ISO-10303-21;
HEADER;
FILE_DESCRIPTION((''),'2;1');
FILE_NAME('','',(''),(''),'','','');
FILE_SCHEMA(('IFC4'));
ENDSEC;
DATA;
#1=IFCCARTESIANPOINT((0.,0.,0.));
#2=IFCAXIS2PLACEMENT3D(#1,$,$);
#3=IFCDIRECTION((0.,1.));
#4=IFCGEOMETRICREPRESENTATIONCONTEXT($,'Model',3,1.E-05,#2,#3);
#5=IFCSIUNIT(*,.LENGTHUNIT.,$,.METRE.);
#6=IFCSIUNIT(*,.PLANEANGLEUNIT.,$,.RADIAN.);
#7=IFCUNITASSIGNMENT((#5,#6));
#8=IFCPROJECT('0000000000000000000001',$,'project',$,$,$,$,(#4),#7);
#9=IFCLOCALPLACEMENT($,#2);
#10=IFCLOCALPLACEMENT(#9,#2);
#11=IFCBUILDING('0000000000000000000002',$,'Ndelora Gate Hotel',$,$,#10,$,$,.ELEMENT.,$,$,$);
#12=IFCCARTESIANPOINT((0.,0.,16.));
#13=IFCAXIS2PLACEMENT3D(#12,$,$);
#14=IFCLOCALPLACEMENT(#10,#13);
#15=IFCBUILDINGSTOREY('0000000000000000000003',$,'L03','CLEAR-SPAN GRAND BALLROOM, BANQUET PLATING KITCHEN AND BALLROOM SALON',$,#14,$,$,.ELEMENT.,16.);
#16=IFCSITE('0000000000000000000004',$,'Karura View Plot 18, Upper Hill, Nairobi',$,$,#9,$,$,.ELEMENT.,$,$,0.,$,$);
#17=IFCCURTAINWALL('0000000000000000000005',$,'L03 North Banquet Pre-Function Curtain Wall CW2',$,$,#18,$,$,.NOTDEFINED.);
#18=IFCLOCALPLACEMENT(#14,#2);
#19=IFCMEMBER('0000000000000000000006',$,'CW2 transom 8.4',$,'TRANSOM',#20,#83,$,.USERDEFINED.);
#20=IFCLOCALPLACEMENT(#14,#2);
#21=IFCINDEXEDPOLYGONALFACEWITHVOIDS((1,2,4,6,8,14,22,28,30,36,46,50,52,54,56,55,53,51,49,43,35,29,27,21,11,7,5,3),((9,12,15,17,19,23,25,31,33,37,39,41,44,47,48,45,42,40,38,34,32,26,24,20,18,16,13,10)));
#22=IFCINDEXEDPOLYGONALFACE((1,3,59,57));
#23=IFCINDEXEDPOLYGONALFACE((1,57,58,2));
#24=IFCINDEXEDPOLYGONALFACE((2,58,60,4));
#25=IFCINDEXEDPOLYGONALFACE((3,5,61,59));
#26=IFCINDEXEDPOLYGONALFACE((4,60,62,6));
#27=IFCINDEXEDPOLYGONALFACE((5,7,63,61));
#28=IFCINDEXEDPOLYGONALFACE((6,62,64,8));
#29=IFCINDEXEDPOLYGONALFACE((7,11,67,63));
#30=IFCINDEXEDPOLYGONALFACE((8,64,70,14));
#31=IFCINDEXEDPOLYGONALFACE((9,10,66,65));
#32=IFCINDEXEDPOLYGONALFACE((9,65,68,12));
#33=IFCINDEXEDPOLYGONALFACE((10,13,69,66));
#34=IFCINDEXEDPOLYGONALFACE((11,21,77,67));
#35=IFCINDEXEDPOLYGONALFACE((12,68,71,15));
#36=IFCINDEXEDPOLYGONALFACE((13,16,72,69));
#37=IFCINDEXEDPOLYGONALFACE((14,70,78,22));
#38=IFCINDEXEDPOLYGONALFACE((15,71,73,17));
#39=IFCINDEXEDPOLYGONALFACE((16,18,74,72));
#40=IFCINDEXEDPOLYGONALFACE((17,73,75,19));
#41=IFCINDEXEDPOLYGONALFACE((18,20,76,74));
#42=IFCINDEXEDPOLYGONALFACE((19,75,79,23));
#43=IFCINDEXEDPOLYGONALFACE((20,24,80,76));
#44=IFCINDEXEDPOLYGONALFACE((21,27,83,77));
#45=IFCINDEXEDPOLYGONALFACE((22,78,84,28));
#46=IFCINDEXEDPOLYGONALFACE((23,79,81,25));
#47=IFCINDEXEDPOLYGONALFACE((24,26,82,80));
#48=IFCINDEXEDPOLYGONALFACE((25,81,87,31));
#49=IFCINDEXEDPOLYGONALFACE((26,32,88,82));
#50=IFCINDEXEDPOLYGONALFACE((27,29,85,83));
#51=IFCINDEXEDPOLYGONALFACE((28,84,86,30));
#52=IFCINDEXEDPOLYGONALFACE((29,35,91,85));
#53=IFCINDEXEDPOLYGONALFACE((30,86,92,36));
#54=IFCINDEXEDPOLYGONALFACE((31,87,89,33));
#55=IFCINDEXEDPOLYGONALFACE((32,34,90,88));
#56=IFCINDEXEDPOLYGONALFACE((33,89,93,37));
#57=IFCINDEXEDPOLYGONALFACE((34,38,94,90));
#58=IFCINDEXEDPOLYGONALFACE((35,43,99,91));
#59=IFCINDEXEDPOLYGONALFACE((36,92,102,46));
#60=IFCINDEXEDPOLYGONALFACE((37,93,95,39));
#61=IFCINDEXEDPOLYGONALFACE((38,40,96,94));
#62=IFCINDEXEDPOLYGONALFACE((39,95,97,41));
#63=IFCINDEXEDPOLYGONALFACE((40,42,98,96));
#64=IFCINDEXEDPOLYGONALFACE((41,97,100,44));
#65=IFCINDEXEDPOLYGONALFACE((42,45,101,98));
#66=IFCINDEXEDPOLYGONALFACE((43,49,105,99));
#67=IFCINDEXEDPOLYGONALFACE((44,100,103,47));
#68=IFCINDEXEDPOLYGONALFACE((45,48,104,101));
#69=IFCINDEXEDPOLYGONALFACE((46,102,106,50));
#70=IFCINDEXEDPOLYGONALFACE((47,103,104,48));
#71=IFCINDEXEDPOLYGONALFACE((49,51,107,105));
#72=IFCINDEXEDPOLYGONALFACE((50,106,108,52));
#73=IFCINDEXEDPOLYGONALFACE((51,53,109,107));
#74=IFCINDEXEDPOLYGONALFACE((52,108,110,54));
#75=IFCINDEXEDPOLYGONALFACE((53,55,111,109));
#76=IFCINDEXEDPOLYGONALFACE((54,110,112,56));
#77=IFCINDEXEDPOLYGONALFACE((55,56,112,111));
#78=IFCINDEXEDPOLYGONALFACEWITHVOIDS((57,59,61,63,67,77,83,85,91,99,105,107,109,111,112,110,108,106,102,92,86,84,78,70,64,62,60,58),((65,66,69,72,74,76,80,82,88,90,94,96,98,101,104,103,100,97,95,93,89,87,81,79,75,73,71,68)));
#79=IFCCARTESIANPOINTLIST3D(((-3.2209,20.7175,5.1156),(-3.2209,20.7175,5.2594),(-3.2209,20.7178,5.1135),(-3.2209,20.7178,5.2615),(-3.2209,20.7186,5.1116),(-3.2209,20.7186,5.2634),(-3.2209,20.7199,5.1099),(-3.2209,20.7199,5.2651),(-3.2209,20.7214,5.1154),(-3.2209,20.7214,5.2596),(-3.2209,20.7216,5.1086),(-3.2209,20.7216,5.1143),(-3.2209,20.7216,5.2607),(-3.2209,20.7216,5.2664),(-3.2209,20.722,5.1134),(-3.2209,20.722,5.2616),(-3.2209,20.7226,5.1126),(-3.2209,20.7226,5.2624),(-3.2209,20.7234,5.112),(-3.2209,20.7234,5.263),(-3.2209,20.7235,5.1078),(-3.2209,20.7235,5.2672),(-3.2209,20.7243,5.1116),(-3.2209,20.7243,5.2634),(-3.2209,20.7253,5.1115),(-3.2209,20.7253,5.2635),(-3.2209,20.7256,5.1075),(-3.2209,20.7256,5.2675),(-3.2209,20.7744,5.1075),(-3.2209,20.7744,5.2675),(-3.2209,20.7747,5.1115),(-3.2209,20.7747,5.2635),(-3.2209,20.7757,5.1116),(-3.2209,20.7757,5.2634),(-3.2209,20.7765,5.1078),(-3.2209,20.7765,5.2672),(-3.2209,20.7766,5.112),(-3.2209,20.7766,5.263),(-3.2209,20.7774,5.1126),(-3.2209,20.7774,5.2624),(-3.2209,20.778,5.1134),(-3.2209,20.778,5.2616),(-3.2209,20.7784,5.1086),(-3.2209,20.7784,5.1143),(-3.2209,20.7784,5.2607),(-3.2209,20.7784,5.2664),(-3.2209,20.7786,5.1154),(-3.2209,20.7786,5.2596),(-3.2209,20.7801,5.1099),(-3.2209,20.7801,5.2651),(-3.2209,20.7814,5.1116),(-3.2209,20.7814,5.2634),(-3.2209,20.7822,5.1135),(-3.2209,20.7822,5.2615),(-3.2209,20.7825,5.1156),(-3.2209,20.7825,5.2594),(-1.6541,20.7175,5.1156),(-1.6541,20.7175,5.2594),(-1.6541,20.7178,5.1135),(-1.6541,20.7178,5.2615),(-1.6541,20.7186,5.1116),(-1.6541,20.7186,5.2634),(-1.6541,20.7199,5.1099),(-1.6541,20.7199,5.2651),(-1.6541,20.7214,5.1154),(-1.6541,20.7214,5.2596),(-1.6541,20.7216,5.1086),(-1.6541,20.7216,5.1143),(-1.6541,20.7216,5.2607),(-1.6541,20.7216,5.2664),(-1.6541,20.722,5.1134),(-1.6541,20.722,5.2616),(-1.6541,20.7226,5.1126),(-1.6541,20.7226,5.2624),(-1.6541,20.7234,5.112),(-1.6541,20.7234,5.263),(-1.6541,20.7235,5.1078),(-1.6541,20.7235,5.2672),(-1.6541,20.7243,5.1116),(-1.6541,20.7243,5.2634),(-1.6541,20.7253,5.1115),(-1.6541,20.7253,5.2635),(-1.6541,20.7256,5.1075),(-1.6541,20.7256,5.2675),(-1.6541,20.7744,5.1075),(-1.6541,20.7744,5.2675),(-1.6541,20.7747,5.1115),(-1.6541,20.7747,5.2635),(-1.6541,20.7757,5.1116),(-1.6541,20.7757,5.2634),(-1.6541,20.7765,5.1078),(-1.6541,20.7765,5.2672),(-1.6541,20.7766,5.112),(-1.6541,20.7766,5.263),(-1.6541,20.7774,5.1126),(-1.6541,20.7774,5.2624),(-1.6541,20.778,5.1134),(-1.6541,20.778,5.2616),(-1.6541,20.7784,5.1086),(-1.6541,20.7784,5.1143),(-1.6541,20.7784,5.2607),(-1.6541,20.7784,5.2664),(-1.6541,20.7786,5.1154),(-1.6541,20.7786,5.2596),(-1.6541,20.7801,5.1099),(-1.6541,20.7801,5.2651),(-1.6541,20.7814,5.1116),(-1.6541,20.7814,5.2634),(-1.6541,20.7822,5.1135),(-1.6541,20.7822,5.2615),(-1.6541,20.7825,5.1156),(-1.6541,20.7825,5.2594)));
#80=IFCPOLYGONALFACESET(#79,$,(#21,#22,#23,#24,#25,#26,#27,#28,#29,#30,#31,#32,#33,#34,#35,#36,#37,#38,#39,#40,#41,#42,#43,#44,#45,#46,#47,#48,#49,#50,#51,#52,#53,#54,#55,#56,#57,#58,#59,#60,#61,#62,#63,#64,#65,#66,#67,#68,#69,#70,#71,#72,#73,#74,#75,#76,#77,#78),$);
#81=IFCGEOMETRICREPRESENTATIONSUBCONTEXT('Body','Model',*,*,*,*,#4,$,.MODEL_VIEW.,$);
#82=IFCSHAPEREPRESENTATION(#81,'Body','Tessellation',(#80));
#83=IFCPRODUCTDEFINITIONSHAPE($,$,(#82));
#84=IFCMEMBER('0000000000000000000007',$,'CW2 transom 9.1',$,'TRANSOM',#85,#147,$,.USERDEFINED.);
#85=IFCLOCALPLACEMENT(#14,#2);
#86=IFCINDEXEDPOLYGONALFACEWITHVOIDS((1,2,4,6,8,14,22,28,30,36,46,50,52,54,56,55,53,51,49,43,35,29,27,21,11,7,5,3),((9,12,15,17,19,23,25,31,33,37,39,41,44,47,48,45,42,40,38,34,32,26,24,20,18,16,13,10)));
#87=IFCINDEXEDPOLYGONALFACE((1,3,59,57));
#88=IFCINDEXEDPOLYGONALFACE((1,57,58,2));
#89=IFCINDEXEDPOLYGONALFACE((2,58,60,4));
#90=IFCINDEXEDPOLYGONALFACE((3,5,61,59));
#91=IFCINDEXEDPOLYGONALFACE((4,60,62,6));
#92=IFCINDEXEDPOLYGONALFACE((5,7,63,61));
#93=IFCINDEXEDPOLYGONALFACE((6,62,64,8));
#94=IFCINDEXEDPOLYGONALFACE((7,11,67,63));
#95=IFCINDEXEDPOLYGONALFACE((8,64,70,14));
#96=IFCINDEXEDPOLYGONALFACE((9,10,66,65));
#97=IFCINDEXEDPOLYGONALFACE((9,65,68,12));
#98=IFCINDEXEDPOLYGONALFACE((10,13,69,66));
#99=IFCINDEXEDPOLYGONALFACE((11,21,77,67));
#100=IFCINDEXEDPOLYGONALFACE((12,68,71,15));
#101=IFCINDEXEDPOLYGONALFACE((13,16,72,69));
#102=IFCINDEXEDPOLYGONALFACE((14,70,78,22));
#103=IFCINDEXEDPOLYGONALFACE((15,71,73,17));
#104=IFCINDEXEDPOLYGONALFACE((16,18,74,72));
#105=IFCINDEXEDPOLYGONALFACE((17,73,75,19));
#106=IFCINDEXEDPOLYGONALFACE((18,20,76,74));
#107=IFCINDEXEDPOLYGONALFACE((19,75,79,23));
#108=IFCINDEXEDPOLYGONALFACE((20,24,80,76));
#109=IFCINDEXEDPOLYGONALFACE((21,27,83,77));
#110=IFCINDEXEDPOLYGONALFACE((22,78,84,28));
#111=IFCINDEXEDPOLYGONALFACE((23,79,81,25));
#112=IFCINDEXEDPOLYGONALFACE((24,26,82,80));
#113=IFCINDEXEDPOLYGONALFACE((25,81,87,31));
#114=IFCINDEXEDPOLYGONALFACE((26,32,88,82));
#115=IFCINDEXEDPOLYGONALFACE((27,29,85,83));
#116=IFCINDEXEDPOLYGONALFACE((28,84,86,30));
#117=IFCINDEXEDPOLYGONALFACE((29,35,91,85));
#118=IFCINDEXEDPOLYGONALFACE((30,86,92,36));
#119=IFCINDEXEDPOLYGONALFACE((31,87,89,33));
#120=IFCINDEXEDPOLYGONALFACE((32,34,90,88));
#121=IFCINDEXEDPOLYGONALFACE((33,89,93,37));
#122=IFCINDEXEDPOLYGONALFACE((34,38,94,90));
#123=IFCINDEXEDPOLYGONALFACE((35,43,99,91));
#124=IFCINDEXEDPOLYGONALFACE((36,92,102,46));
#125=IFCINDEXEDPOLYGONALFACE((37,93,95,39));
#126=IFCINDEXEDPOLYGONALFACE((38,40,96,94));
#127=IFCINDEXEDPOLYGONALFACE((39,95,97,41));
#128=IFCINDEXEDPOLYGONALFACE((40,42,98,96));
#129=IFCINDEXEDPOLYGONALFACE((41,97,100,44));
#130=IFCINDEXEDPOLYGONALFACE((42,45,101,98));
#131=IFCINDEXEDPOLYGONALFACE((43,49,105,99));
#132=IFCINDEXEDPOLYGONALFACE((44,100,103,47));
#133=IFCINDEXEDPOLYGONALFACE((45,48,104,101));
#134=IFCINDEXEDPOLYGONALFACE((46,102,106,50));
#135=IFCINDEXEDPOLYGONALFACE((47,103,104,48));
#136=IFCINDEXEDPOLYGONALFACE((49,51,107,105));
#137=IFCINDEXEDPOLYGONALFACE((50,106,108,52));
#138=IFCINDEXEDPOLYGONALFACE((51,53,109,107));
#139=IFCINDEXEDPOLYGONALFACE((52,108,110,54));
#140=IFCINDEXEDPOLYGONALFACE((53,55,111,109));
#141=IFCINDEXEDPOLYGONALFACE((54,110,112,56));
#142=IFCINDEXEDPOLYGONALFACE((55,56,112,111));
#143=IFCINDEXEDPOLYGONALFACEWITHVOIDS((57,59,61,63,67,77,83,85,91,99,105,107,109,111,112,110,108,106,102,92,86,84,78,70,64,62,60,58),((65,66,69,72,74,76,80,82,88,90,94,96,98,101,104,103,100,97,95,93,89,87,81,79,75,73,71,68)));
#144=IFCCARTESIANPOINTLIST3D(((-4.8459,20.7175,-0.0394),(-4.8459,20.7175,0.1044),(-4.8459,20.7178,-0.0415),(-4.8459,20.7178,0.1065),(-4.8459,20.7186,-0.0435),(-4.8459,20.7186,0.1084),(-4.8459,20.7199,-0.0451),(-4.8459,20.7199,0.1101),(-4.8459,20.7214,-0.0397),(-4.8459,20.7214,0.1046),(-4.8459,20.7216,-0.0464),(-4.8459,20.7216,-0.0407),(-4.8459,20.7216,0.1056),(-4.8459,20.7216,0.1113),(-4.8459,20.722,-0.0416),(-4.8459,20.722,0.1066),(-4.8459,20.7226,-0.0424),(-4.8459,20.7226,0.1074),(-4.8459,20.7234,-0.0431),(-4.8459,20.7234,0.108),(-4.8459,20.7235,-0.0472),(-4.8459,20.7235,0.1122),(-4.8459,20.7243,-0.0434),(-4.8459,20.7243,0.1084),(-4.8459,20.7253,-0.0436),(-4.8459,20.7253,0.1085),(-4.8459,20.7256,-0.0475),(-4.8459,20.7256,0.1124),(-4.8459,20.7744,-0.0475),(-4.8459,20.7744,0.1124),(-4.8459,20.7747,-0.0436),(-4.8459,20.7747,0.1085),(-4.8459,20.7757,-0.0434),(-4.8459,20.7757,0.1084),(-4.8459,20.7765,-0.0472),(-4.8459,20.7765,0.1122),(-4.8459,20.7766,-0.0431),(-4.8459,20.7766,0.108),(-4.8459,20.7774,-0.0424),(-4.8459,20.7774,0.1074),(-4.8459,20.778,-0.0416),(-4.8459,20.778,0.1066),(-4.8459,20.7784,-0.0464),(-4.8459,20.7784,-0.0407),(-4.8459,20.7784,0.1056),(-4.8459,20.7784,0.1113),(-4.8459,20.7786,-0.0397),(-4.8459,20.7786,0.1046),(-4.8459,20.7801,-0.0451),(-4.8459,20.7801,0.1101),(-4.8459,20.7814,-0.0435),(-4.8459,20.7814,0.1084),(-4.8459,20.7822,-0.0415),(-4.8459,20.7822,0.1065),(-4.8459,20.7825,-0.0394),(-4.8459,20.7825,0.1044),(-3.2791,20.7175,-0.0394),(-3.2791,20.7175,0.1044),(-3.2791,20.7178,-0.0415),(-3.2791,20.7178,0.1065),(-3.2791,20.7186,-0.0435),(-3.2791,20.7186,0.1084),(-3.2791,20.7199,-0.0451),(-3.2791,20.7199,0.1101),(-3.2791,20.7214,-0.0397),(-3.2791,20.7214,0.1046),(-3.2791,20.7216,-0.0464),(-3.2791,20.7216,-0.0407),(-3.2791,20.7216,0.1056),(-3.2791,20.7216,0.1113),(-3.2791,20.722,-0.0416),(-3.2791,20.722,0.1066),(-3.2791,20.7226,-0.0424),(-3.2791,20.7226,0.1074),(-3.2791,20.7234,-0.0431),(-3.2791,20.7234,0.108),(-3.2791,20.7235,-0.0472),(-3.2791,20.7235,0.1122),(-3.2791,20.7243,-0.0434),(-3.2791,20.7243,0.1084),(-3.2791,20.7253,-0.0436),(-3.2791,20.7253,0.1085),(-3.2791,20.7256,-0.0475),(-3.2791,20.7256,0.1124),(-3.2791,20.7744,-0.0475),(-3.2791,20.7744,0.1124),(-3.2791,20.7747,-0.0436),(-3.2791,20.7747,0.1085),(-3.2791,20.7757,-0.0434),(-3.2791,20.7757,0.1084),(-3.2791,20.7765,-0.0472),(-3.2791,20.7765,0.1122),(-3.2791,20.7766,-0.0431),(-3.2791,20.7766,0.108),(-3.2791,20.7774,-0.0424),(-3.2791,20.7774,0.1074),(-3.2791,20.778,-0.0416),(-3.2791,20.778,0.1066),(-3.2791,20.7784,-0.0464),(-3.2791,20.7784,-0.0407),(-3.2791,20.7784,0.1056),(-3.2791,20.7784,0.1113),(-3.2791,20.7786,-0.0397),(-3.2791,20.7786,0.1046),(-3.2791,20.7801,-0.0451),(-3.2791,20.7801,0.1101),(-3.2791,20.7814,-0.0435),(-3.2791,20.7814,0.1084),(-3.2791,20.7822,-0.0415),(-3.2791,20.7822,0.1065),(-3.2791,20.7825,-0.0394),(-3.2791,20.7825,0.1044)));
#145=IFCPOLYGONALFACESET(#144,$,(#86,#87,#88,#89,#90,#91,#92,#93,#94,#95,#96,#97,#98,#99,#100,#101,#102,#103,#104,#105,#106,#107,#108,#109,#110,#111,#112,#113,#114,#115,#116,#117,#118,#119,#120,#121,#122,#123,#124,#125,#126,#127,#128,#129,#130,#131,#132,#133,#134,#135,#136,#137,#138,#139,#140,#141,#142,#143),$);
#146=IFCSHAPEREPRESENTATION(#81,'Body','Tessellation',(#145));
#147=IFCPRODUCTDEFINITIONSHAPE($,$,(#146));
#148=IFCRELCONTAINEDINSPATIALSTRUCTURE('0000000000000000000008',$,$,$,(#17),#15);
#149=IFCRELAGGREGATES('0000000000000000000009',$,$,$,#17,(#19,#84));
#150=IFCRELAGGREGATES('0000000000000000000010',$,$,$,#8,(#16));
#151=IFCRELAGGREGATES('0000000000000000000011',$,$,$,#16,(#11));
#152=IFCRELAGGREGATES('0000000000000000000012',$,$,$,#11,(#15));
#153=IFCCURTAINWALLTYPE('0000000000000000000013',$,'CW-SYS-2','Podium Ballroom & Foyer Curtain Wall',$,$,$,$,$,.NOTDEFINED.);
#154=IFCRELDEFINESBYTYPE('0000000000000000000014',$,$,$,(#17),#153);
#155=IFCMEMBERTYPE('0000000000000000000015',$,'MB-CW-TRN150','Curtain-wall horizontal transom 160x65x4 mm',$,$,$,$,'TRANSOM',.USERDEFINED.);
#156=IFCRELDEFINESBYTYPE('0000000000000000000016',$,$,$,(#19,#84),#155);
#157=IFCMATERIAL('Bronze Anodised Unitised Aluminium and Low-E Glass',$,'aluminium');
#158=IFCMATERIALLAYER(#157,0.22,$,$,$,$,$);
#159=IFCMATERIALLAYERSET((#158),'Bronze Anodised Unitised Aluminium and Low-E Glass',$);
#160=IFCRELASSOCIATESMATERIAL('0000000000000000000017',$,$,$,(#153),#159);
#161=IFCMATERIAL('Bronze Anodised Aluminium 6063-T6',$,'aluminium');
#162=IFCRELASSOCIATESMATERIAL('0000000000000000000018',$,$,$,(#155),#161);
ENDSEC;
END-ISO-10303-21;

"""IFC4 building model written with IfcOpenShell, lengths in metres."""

from ifc_helpers import new_model, si_unit, direction, frame, origin, origin_2d, place, context, subcontext, project, spatial, hollow_rectangle, extrude, material, layer, layer_set, material_profile, profile_set, type_object, element, aggregate, save


model = new_model("IFC4")

# Units and contexts
model_context = context("Model", 3, precision=1e-05, world=origin(), true_north=direction((0.0, 1.0)))
body_context = subcontext(model_context, "Body", "Model", "MODEL_VIEW")
ifc_project = project(units=[si_unit("LENGTHUNIT", "METRE"), si_unit("PLANEANGLEUNIT", "RADIAN")], contexts=[model_context])

# Site, building, storey
site_placement = place(None, origin())
site = spatial("IfcSite", under=ifc_project, at=site_placement, Name="Karura View Plot 18, Upper Hill, Nairobi", CompositionType="ELEMENT", RefElevation=0.0)
building_placement = place(site_placement, origin())
building = spatial("IfcBuilding", under=site, at=building_placement, Name="Ndelora Gate Hotel", CompositionType="ELEMENT")
storey_placement = place(building_placement, frame((0.0, 0.0, 16.0)))
storey = spatial("IfcBuildingStorey", under=building, at=storey_placement, Name="L03", Description="CLEAR-SPAN GRAND BALLROOM, BANQUET PLATING KITCHEN AND BALLROOM SALON", CompositionType="ELEMENT", Elevation=16.0)

# Curtain wall, members
ifc_material_1 = material(Name="Bronze Anodised Unitised Aluminium and Low-E Glass", Category="aluminium")
ifc_layer_1 = layer(ifc_material_1, 0.22)
ifc_layer_set_1 = layer_set([ifc_layer_1], Name="Bronze Anodised Unitised Aluminium and Low-E Glass")
curtain_wall_type = type_object("IfcCurtainWallType", Name="CW-SYS-2", Description="Podium Ballroom & Foyer Curtain Wall", PredefinedType="NOTDEFINED", material=ifc_layer_set_1)
curtain_wall_placement = place(storey_placement, origin())
curtain_wall = element("IfcCurtainWall", 1, at=curtain_wall_placement, inside=storey, type_object=curtain_wall_type, Name="L03 North Banquet Pre-Function Curtain Wall CW2", PredefinedType="NOTDEFINED")
ifc_material_2 = material(Name="Bronze Anodised Aluminium 6063-T6", Category="aluminium")
ifc_material_profile_1 = material_profile(ifc_material_2, hollow_rectangle(XDim=0.0649, YDim=0.1599, WallThickness=0.0039, InnerFilletRadius=0.0039, OuterFilletRadius=0.0081, at=origin_2d()), Name="ALU 160x65x4")
ifc_profile_set_1 = profile_set([ifc_material_profile_1], Name="Bronze Anodised Aluminium 6063-T6")
member_type_1 = type_object("IfcMemberType", Name="MB-CW-TRN150", Description="Curtain-wall horizontal transom 160x65x4 mm", ElementType="TRANSOM", PredefinedType="USERDEFINED", material=ifc_profile_set_1)
member_1_placement = place(storey_placement, frame((-1.6541, 20.75, 5.1875), z_axis=(-1.0, 0.0, 0.0), x_axis=(0.0, -1.0, 0.0)))
member_1 = element("IfcMember", 2, at=member_1_placement, type_object=member_type_1, Name="CW2 transom 8.4", ObjectType="TRANSOM", PredefinedType="USERDEFINED", context=body_context, shape_type="SweptSolid", body=[
    extrude(hollow_rectangle(XDim=0.0649, YDim=0.1599, WallThickness=0.0039, InnerFilletRadius=0.0039, OuterFilletRadius=0.0081, at=origin_2d()), origin(), (0.0, 0.0, 1.0), 1.5669),
])
member_2_placement = place(storey_placement, frame((-3.2791, 20.75, 0.0325), z_axis=(-1.0, 0.0, 0.0), x_axis=(0.0, -1.0, 0.0)))
member_2 = element("IfcMember", 3, at=member_2_placement, type_object=member_type_1, Name="CW2 transom 9.1", ObjectType="TRANSOM", PredefinedType="USERDEFINED", context=body_context, shape_type="SweptSolid", body=[
    extrude(hollow_rectangle(XDim=0.0649, YDim=0.1599, WallThickness=0.0039, InnerFilletRadius=0.0039, OuterFilletRadius=0.0081, at=origin_2d()), origin(), (0.0, 0.0, 1.0), 1.5669),
])
aggregate(curtain_wall, [member_1, member_2])

save(model, "model.ifc")
